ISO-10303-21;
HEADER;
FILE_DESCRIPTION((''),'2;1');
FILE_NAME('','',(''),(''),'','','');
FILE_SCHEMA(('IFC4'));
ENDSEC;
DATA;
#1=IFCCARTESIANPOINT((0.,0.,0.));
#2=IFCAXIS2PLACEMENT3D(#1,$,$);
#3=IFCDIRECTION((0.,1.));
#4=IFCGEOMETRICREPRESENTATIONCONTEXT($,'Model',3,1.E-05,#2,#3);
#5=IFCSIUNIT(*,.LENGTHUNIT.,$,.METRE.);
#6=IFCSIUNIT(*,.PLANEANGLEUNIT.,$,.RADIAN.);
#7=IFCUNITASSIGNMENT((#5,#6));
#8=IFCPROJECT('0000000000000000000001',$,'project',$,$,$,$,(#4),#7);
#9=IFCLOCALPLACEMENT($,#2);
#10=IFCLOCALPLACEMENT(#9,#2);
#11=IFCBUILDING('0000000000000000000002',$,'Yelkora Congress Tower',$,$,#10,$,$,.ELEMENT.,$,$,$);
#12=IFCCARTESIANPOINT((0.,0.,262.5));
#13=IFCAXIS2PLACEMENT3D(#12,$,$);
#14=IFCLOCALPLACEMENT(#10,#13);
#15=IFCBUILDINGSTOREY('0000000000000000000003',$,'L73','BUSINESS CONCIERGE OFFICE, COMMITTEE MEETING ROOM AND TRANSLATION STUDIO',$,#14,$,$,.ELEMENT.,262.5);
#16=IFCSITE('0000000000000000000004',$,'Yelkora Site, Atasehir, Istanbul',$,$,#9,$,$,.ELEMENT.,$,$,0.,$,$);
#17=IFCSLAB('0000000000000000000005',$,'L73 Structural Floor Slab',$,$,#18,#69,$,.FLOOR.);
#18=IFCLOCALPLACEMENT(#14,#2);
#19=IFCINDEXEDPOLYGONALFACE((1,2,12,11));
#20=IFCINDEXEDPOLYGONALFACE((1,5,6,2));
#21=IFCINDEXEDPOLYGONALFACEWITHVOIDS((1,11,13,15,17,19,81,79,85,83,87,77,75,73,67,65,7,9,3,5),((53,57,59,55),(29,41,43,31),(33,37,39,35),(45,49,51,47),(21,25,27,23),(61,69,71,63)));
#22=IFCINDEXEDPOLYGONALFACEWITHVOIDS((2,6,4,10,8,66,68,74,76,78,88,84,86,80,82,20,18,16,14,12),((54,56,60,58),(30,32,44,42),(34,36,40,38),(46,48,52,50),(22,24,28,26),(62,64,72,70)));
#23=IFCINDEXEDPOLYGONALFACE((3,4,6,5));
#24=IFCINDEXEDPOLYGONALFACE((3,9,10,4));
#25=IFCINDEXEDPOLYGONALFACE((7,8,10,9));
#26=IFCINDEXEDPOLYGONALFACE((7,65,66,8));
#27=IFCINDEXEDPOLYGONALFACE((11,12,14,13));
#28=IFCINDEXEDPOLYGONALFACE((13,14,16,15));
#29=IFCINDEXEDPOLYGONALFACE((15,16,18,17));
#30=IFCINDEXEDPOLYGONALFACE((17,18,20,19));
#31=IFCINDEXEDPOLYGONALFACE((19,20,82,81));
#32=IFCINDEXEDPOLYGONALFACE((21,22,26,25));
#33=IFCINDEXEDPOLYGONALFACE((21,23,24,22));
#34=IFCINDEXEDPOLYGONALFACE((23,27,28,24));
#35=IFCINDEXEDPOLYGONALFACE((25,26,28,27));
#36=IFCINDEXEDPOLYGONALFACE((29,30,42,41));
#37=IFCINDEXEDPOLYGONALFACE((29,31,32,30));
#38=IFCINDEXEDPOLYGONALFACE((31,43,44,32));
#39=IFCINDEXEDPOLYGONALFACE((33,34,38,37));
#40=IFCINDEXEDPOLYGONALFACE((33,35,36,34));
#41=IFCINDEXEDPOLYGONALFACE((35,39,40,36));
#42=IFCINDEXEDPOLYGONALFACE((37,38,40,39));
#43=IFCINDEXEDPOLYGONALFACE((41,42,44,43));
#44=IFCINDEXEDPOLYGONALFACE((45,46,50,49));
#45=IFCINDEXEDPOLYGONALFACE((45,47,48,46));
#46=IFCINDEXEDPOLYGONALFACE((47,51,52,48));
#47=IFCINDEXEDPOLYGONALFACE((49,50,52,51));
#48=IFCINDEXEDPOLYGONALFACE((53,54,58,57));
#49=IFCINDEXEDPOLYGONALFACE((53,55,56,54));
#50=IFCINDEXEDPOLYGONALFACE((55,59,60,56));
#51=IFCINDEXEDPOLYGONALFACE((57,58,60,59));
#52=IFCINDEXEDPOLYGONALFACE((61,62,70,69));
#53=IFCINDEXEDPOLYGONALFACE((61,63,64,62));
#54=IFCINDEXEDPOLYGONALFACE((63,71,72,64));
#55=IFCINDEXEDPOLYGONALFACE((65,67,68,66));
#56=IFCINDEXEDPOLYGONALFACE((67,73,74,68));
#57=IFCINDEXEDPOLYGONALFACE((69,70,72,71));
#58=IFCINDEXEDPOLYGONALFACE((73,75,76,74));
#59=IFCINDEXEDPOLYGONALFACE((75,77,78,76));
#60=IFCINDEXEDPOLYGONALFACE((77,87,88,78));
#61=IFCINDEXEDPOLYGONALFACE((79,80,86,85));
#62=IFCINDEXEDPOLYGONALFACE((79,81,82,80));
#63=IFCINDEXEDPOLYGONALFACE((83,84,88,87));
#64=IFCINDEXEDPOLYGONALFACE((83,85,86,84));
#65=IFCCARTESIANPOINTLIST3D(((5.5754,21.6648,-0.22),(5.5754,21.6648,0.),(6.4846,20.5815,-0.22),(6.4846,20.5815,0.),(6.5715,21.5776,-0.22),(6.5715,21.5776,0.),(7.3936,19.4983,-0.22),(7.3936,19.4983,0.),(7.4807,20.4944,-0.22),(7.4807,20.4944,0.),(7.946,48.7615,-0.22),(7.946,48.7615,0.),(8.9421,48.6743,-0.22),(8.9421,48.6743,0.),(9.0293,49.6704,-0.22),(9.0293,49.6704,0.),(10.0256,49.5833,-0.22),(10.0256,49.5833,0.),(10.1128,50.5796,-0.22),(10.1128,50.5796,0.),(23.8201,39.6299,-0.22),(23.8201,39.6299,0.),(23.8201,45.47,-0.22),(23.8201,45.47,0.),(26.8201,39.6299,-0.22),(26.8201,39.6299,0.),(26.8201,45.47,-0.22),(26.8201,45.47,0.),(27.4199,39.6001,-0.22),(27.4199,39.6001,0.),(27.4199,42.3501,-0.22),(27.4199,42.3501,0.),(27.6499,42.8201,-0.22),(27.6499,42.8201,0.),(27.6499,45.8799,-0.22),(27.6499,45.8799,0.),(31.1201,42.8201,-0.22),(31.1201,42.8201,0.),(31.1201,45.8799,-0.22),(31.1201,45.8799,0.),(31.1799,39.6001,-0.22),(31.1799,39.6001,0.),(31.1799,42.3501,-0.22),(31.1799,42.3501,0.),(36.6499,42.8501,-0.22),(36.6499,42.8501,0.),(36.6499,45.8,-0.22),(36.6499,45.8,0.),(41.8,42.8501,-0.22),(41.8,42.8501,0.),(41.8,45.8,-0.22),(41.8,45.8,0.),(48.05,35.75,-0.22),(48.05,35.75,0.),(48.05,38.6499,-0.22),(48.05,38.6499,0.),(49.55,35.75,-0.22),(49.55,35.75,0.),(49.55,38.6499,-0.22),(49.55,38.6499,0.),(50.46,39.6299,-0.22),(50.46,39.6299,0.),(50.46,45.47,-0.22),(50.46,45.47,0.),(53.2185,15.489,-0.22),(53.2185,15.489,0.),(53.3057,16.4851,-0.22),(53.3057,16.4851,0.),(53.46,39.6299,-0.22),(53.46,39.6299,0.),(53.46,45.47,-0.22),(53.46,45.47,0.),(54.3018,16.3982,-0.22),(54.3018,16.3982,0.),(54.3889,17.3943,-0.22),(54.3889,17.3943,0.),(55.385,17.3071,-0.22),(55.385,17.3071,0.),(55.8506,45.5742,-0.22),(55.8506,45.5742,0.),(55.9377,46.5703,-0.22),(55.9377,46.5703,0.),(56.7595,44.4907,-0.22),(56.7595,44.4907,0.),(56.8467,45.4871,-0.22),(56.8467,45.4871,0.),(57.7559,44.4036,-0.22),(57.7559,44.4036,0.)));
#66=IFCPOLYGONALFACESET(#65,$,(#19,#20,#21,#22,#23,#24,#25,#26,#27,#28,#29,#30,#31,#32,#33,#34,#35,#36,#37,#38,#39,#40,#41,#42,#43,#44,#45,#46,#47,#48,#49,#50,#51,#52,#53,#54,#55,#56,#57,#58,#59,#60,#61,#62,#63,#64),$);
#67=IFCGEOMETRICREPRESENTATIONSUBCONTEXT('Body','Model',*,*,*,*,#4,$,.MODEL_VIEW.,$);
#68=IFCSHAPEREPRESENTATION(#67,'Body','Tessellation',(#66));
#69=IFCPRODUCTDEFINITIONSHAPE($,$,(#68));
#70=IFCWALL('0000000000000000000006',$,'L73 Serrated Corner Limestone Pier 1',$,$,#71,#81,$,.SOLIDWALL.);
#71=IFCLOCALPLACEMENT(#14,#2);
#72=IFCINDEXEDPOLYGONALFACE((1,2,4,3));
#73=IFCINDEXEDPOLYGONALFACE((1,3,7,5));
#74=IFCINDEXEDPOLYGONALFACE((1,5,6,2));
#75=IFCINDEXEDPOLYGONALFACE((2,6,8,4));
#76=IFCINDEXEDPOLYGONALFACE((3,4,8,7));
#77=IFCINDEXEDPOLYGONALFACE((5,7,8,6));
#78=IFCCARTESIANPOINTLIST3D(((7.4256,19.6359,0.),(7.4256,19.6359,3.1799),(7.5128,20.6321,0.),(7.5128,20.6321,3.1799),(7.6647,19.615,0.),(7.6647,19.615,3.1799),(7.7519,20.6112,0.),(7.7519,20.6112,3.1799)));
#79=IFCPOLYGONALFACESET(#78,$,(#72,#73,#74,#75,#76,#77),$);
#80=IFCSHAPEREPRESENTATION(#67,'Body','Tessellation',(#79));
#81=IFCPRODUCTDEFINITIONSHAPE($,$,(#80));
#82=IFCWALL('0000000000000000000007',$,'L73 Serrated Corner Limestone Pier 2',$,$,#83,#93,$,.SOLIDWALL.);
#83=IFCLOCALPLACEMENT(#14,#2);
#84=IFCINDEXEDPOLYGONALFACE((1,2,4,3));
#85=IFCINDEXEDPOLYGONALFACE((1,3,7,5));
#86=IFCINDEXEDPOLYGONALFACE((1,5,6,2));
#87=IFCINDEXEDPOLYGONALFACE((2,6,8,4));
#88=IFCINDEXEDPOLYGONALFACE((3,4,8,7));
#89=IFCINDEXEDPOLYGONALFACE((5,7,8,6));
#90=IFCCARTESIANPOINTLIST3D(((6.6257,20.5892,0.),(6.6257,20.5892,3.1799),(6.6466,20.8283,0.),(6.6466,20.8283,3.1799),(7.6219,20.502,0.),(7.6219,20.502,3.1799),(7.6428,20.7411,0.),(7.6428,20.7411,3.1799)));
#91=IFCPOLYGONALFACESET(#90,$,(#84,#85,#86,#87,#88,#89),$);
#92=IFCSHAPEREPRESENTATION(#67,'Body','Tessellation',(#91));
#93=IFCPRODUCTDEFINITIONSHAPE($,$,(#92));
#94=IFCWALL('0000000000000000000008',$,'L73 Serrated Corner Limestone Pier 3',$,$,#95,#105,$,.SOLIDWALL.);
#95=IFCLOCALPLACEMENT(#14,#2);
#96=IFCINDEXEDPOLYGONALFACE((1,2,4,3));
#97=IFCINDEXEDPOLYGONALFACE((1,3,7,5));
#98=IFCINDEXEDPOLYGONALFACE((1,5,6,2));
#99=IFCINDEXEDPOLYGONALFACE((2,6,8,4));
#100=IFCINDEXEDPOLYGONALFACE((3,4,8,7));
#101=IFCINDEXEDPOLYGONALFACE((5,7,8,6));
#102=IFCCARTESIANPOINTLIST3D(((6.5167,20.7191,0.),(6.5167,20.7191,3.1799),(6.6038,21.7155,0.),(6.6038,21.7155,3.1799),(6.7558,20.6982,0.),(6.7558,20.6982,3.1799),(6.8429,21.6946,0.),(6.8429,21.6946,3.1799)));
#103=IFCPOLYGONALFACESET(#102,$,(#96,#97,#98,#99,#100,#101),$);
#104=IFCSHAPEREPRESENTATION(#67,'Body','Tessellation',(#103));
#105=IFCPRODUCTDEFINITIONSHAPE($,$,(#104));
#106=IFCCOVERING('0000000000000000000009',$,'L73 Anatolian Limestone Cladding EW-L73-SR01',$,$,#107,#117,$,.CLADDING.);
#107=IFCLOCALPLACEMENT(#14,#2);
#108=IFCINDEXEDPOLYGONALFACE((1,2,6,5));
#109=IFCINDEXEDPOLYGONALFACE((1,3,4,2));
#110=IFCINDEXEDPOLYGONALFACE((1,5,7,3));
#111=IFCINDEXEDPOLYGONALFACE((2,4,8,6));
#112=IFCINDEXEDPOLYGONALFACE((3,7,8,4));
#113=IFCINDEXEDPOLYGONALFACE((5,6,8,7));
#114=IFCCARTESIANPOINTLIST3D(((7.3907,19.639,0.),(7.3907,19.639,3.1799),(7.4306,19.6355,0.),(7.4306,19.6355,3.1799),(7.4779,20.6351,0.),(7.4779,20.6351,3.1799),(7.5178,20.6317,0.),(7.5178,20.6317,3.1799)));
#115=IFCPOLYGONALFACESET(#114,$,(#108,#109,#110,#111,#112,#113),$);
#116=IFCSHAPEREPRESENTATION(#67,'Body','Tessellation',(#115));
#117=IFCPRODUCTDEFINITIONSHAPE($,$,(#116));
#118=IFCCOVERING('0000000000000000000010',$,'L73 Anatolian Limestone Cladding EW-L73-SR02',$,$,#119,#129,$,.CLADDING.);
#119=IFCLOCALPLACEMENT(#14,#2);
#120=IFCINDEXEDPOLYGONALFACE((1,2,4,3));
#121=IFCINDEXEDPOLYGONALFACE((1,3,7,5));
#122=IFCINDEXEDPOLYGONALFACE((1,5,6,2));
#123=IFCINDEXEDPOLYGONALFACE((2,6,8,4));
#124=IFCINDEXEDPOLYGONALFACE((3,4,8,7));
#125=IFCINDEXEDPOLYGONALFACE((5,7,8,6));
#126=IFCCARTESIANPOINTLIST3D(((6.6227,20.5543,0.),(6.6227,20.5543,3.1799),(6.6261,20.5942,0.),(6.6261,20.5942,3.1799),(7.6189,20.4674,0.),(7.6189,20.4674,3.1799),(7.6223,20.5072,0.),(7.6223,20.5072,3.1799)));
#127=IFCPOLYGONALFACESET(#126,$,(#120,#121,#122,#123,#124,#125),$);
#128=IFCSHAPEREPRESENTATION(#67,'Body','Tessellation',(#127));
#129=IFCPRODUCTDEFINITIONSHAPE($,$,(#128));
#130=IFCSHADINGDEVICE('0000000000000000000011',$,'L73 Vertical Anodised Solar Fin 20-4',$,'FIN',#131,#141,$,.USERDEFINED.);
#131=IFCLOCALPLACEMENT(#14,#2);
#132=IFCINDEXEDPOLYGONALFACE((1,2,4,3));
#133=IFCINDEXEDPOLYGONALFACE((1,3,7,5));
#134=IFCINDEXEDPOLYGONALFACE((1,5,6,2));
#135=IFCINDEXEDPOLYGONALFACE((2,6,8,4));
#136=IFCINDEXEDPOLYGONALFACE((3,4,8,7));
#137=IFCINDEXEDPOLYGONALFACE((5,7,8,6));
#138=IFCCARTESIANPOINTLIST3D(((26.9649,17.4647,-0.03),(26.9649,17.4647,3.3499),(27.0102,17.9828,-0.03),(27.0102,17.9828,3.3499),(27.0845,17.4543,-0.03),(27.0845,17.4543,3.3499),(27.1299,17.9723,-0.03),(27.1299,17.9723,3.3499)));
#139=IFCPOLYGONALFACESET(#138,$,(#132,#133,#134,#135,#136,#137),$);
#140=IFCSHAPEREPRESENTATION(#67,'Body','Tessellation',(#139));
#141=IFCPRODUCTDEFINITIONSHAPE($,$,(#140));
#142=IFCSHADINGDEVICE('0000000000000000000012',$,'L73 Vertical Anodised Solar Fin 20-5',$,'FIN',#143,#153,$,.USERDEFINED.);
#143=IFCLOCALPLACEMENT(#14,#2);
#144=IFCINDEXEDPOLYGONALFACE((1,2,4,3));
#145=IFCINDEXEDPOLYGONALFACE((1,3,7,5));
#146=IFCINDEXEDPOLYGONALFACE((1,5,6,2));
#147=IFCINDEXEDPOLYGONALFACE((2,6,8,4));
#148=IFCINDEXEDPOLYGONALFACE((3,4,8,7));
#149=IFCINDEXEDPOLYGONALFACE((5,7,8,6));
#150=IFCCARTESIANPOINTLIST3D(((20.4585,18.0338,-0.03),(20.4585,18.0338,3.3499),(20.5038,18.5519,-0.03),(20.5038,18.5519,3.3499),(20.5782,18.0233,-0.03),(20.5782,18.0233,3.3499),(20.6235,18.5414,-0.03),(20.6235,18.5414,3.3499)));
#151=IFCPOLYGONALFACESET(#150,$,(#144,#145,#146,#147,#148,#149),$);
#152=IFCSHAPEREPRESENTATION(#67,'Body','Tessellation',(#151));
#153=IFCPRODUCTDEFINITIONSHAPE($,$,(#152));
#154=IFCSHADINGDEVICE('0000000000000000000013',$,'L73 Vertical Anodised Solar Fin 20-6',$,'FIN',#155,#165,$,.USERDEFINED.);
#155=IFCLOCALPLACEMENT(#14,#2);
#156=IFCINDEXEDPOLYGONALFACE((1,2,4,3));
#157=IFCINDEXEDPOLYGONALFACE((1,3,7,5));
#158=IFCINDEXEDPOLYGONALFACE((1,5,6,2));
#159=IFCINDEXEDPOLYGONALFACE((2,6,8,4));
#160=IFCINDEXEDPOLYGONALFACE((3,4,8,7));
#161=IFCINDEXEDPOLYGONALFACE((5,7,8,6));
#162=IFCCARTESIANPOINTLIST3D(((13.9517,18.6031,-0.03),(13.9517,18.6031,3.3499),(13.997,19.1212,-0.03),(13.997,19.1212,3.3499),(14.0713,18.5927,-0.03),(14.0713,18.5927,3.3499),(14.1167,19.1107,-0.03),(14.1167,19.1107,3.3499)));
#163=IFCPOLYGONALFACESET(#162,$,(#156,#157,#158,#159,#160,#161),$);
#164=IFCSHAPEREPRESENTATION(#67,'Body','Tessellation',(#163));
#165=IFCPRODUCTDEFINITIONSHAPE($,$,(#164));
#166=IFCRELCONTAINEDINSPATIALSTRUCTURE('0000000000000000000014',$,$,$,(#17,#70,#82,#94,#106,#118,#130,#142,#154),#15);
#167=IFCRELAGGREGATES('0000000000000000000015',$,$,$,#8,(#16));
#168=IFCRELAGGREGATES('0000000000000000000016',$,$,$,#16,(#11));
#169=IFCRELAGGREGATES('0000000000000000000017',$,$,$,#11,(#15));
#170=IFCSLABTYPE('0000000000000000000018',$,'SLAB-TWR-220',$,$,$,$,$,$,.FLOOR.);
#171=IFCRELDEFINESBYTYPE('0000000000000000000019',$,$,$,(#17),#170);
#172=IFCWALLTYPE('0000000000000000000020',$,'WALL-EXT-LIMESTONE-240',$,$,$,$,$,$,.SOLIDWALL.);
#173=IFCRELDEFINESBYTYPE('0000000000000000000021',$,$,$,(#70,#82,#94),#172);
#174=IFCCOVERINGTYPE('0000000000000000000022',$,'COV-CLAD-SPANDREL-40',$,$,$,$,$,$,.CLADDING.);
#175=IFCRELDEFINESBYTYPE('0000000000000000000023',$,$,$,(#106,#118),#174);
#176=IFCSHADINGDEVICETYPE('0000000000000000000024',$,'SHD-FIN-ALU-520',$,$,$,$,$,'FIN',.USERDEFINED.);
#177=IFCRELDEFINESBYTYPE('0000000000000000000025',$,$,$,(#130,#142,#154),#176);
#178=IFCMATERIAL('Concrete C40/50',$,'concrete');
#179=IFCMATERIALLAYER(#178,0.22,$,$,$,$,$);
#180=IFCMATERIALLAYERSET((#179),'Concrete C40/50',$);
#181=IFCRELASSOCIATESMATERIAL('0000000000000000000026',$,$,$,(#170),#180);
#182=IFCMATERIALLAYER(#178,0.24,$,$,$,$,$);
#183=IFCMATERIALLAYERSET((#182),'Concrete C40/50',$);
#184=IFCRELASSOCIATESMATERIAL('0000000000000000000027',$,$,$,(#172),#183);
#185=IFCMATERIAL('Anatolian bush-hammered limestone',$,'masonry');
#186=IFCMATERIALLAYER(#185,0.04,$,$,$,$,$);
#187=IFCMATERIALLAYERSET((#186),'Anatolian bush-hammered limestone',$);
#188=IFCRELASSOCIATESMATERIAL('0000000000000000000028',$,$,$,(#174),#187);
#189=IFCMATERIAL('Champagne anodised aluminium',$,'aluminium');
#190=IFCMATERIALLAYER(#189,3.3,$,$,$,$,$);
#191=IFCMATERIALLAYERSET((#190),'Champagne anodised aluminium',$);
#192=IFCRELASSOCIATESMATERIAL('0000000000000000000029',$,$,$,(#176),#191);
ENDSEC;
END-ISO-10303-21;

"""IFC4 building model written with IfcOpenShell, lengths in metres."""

from ifc_helpers import new_model, si_unit, direction, frame, frame_2d, origin, origin_2d, place, context, subcontext, project, spatial, polyline, rectangle, outline, extrude, material, layer, layer_set, type_object, element, save


model = new_model("IFC4")

# Units and contexts
model_context = context("Model", 3, precision=1e-05, world=origin(), true_north=direction((0.0, 1.0)))
body_context = subcontext(model_context, "Body", "Model", "MODEL_VIEW")
ifc_project = project(units=[si_unit("LENGTHUNIT", "METRE"), si_unit("PLANEANGLEUNIT", "RADIAN")], contexts=[model_context])

# Site, building, storey
site_placement = place(None, origin())
site = spatial("IfcSite", under=ifc_project, at=site_placement, Name="Yelkora Site, Atasehir, Istanbul", CompositionType="ELEMENT", RefElevation=0.0)
building_placement = place(site_placement, origin())
building = spatial("IfcBuilding", under=site, at=building_placement, Name="Yelkora Congress Tower", CompositionType="ELEMENT")
storey_placement = place(building_placement, frame((0.0, 0.0, 262.5)))
storey = spatial("IfcBuildingStorey", under=building, at=storey_placement, Name="L73", Description="BUSINESS CONCIERGE OFFICE, COMMITTEE MEETING ROOM AND TRANSLATION STUDIO", CompositionType="ELEMENT", Elevation=262.5)

# Shared definitions
ifc_material_1 = material(Name="Concrete C40/50", Category="concrete")

# Slab
ifc_layer_1 = layer(ifc_material_1, 0.22)
ifc_layer_set_1 = layer_set([ifc_layer_1], Name="Concrete C40/50")
slab_type_1 = type_object("IfcSlabType", Name="SLAB-TWR-220", PredefinedType="FLOOR", material=ifc_layer_set_1)
slab_1_placement = place(storey_placement, frame((0.0, 0.0, -0.22)))
element("IfcSlab", 1, at=slab_1_placement, inside=storey, type_object=slab_type_1, Name="L73 Structural Floor Slab", PredefinedType="FLOOR", context=body_context, shape_type="SweptSolid", body=[
    extrude(outline(polyline([(7.3936, 19.4983), (53.2185, 15.489), (53.3057, 16.4851), (54.3018, 16.3982), (54.3889, 17.3943), (55.385, 17.3071), (57.7559, 44.4036), (56.7595, 44.4907), (56.8467, 45.4871), (55.8506, 45.5742), (55.9377, 46.5703), (10.1128, 50.5796), (10.0256, 49.5833), (9.0293, 49.6704), (8.9421, 48.6743), (7.946, 48.7615), (5.5754, 21.6648), (6.5715, 21.5776), (6.4846, 20.5815), (7.4807, 20.4944), (7.3936, 19.4983)]), holes=[polyline([(23.8201, 39.6299), (26.8201, 39.6299), (26.8201, 45.47), (23.8201, 45.47), (23.8201, 39.6299)]), polyline([(50.46, 39.6299), (53.46, 39.6299), (53.46, 45.47), (50.46, 45.47), (50.46, 39.6299)]), polyline([(48.05, 35.75), (49.55, 35.75), (49.55, 38.6499), (48.05, 38.6499), (48.05, 35.75)]), polyline([(36.6499, 42.8501), (41.8, 42.8501), (41.8, 45.8), (36.6499, 45.8), (36.6499, 42.8501)]), polyline([(27.4199, 39.6001), (31.1799, 39.6001), (31.1799, 42.3501), (27.4199, 42.3501), (27.4199, 39.6001)]), polyline([(27.6499, 42.8201), (31.1201, 42.8201), (31.1201, 45.8799), (27.6499, 45.8799), (27.6499, 42.8201)])]), origin(), (0.0, 0.0, 1.0), 0.22),
])

# Walls
ifc_layer_2 = layer(ifc_material_1, 0.24)
ifc_layer_set_2 = layer_set([ifc_layer_2], Name="Concrete C40/50")
wall_type = type_object("IfcWallType", Name="WALL-EXT-LIMESTONE-240", PredefinedType="SOLIDWALL", material=ifc_layer_set_2)
for number, where, z_axis, x_axis, name in (
    (2, (7.5452, 19.6255, 0.0), (0.0, 0.0, 1.0), (0.087167, 0.996194, 0.0), "L73 Serrated Corner Limestone Pier 1"),
    (3, (7.6323, 20.6216, 0.0), (0.0, 0.0, 1.0), (-0.996194, 0.087167, 0.0), "L73 Serrated Corner Limestone Pier 2"),
):
    element("IfcWall", number, at=place(storey_placement, frame(where, z_axis=z_axis, x_axis=x_axis)), inside=storey, type_object=wall_type, Name=name, PredefinedType="SOLIDWALL", context=body_context, shape_type="SweptSolid", body=[
        extrude(rectangle(XDim=1.0, YDim=0.24, at=frame_2d((0.5, 0.0))), origin(), (0.0, 0.0, 1.0), 3.1799),
    ])
wall_placement = place(storey_placement, frame((6.6362, 20.7087, 0.0), z_axis=(0.0, 0.0, 1.0), x_axis=(0.087146, 0.996196, 0.0)))
element("IfcWall", 4, at=wall_placement, inside=storey, type_object=wall_type, Name="L73 Serrated Corner Limestone Pier 3", PredefinedType="SOLIDWALL", context=body_context, shape_type="SweptSolid", body=[
    extrude(rectangle(XDim=1.0002, YDim=0.24, at=frame_2d((0.5, 0.0))), origin(), (0.0, 0.0, 1.0), 3.1799),
])

# Coverings
ifc_material_2 = material(Name="Anatolian bush-hammered limestone", Category="masonry")
ifc_layer_3 = layer(ifc_material_2, 0.04)
ifc_layer_set_3 = layer_set([ifc_layer_3], Name="Anatolian bush-hammered limestone")
covering_type = type_object("IfcCoveringType", Name="COV-CLAD-SPANDREL-40", PredefinedType="CLADDING", material=ifc_layer_set_3)
for number, where, z_axis, x_axis, name in (
    (5, (7.4106, 19.6372, 0.0), (0.0, 0.0, 1.0), (0.087167, 0.996194, 0.0), "L73 Anatolian Limestone Cladding EW-L73-SR01"),
    (6, (7.6206, 20.4873, 0.0), (0.0, 0.0, 1.0), (-0.996215, 0.086925, 0.0), "L73 Anatolian Limestone Cladding EW-L73-SR02"),
):
    element("IfcCovering", number, at=place(storey_placement, frame(where, z_axis=z_axis, x_axis=x_axis)), inside=storey, type_object=covering_type, Name=name, PredefinedType="CLADDING", context=body_context, shape_type="SweptSolid", body=[
        extrude(rectangle(XDim=1.0, YDim=0.04, at=frame_2d((0.5, 0.0))), origin(), (0.0, 0.0, 1.0), 3.1799),
    ])

# Shading devices
ifc_material_3 = material(Name="Champagne anodised aluminium", Category="aluminium")
ifc_layer_4 = layer(ifc_material_3, 3.3)
ifc_layer_set_4 = layer_set([ifc_layer_4], Name="Champagne anodised aluminium")
shading_device_type = type_object("IfcShadingDeviceType", Name="SHD-FIN-ALU-520", ElementType="FIN", PredefinedType="USERDEFINED", material=ifc_layer_set_4)
for number, where, z_axis, x_axis, name in (
    (7, (27.0474, 17.7185, -0.03), (0.0, 0.0, 1.0), (-0.996195, 0.087156, 0.0), "L73 Vertical Anodised Solar Fin 20-4"),
    (8, (20.541, 18.2876, -0.03), (0.0, 0.0, 1.0), (-0.996195, 0.087156, 0.0), "L73 Vertical Anodised Solar Fin 20-5"),
    (9, (14.0342, 18.8569, -0.03), (0.0, 0.0, 1.0), (-0.996195, 0.087156, 0.0), "L73 Vertical Anodised Solar Fin 20-6"),
):
    element("IfcShadingDevice", number, at=place(storey_placement, frame(where, z_axis=z_axis, x_axis=x_axis)), inside=storey, type_object=shading_device_type, Name=name, ObjectType="FIN", PredefinedType="USERDEFINED", context=body_context, shape_type="SweptSolid", body=[
        extrude(rectangle(XDim=0.1201, YDim=0.52, at=origin_2d()), origin(), (0.0, 0.0, 1.0), 3.3799),
    ])

save(model, "model.ifc")
